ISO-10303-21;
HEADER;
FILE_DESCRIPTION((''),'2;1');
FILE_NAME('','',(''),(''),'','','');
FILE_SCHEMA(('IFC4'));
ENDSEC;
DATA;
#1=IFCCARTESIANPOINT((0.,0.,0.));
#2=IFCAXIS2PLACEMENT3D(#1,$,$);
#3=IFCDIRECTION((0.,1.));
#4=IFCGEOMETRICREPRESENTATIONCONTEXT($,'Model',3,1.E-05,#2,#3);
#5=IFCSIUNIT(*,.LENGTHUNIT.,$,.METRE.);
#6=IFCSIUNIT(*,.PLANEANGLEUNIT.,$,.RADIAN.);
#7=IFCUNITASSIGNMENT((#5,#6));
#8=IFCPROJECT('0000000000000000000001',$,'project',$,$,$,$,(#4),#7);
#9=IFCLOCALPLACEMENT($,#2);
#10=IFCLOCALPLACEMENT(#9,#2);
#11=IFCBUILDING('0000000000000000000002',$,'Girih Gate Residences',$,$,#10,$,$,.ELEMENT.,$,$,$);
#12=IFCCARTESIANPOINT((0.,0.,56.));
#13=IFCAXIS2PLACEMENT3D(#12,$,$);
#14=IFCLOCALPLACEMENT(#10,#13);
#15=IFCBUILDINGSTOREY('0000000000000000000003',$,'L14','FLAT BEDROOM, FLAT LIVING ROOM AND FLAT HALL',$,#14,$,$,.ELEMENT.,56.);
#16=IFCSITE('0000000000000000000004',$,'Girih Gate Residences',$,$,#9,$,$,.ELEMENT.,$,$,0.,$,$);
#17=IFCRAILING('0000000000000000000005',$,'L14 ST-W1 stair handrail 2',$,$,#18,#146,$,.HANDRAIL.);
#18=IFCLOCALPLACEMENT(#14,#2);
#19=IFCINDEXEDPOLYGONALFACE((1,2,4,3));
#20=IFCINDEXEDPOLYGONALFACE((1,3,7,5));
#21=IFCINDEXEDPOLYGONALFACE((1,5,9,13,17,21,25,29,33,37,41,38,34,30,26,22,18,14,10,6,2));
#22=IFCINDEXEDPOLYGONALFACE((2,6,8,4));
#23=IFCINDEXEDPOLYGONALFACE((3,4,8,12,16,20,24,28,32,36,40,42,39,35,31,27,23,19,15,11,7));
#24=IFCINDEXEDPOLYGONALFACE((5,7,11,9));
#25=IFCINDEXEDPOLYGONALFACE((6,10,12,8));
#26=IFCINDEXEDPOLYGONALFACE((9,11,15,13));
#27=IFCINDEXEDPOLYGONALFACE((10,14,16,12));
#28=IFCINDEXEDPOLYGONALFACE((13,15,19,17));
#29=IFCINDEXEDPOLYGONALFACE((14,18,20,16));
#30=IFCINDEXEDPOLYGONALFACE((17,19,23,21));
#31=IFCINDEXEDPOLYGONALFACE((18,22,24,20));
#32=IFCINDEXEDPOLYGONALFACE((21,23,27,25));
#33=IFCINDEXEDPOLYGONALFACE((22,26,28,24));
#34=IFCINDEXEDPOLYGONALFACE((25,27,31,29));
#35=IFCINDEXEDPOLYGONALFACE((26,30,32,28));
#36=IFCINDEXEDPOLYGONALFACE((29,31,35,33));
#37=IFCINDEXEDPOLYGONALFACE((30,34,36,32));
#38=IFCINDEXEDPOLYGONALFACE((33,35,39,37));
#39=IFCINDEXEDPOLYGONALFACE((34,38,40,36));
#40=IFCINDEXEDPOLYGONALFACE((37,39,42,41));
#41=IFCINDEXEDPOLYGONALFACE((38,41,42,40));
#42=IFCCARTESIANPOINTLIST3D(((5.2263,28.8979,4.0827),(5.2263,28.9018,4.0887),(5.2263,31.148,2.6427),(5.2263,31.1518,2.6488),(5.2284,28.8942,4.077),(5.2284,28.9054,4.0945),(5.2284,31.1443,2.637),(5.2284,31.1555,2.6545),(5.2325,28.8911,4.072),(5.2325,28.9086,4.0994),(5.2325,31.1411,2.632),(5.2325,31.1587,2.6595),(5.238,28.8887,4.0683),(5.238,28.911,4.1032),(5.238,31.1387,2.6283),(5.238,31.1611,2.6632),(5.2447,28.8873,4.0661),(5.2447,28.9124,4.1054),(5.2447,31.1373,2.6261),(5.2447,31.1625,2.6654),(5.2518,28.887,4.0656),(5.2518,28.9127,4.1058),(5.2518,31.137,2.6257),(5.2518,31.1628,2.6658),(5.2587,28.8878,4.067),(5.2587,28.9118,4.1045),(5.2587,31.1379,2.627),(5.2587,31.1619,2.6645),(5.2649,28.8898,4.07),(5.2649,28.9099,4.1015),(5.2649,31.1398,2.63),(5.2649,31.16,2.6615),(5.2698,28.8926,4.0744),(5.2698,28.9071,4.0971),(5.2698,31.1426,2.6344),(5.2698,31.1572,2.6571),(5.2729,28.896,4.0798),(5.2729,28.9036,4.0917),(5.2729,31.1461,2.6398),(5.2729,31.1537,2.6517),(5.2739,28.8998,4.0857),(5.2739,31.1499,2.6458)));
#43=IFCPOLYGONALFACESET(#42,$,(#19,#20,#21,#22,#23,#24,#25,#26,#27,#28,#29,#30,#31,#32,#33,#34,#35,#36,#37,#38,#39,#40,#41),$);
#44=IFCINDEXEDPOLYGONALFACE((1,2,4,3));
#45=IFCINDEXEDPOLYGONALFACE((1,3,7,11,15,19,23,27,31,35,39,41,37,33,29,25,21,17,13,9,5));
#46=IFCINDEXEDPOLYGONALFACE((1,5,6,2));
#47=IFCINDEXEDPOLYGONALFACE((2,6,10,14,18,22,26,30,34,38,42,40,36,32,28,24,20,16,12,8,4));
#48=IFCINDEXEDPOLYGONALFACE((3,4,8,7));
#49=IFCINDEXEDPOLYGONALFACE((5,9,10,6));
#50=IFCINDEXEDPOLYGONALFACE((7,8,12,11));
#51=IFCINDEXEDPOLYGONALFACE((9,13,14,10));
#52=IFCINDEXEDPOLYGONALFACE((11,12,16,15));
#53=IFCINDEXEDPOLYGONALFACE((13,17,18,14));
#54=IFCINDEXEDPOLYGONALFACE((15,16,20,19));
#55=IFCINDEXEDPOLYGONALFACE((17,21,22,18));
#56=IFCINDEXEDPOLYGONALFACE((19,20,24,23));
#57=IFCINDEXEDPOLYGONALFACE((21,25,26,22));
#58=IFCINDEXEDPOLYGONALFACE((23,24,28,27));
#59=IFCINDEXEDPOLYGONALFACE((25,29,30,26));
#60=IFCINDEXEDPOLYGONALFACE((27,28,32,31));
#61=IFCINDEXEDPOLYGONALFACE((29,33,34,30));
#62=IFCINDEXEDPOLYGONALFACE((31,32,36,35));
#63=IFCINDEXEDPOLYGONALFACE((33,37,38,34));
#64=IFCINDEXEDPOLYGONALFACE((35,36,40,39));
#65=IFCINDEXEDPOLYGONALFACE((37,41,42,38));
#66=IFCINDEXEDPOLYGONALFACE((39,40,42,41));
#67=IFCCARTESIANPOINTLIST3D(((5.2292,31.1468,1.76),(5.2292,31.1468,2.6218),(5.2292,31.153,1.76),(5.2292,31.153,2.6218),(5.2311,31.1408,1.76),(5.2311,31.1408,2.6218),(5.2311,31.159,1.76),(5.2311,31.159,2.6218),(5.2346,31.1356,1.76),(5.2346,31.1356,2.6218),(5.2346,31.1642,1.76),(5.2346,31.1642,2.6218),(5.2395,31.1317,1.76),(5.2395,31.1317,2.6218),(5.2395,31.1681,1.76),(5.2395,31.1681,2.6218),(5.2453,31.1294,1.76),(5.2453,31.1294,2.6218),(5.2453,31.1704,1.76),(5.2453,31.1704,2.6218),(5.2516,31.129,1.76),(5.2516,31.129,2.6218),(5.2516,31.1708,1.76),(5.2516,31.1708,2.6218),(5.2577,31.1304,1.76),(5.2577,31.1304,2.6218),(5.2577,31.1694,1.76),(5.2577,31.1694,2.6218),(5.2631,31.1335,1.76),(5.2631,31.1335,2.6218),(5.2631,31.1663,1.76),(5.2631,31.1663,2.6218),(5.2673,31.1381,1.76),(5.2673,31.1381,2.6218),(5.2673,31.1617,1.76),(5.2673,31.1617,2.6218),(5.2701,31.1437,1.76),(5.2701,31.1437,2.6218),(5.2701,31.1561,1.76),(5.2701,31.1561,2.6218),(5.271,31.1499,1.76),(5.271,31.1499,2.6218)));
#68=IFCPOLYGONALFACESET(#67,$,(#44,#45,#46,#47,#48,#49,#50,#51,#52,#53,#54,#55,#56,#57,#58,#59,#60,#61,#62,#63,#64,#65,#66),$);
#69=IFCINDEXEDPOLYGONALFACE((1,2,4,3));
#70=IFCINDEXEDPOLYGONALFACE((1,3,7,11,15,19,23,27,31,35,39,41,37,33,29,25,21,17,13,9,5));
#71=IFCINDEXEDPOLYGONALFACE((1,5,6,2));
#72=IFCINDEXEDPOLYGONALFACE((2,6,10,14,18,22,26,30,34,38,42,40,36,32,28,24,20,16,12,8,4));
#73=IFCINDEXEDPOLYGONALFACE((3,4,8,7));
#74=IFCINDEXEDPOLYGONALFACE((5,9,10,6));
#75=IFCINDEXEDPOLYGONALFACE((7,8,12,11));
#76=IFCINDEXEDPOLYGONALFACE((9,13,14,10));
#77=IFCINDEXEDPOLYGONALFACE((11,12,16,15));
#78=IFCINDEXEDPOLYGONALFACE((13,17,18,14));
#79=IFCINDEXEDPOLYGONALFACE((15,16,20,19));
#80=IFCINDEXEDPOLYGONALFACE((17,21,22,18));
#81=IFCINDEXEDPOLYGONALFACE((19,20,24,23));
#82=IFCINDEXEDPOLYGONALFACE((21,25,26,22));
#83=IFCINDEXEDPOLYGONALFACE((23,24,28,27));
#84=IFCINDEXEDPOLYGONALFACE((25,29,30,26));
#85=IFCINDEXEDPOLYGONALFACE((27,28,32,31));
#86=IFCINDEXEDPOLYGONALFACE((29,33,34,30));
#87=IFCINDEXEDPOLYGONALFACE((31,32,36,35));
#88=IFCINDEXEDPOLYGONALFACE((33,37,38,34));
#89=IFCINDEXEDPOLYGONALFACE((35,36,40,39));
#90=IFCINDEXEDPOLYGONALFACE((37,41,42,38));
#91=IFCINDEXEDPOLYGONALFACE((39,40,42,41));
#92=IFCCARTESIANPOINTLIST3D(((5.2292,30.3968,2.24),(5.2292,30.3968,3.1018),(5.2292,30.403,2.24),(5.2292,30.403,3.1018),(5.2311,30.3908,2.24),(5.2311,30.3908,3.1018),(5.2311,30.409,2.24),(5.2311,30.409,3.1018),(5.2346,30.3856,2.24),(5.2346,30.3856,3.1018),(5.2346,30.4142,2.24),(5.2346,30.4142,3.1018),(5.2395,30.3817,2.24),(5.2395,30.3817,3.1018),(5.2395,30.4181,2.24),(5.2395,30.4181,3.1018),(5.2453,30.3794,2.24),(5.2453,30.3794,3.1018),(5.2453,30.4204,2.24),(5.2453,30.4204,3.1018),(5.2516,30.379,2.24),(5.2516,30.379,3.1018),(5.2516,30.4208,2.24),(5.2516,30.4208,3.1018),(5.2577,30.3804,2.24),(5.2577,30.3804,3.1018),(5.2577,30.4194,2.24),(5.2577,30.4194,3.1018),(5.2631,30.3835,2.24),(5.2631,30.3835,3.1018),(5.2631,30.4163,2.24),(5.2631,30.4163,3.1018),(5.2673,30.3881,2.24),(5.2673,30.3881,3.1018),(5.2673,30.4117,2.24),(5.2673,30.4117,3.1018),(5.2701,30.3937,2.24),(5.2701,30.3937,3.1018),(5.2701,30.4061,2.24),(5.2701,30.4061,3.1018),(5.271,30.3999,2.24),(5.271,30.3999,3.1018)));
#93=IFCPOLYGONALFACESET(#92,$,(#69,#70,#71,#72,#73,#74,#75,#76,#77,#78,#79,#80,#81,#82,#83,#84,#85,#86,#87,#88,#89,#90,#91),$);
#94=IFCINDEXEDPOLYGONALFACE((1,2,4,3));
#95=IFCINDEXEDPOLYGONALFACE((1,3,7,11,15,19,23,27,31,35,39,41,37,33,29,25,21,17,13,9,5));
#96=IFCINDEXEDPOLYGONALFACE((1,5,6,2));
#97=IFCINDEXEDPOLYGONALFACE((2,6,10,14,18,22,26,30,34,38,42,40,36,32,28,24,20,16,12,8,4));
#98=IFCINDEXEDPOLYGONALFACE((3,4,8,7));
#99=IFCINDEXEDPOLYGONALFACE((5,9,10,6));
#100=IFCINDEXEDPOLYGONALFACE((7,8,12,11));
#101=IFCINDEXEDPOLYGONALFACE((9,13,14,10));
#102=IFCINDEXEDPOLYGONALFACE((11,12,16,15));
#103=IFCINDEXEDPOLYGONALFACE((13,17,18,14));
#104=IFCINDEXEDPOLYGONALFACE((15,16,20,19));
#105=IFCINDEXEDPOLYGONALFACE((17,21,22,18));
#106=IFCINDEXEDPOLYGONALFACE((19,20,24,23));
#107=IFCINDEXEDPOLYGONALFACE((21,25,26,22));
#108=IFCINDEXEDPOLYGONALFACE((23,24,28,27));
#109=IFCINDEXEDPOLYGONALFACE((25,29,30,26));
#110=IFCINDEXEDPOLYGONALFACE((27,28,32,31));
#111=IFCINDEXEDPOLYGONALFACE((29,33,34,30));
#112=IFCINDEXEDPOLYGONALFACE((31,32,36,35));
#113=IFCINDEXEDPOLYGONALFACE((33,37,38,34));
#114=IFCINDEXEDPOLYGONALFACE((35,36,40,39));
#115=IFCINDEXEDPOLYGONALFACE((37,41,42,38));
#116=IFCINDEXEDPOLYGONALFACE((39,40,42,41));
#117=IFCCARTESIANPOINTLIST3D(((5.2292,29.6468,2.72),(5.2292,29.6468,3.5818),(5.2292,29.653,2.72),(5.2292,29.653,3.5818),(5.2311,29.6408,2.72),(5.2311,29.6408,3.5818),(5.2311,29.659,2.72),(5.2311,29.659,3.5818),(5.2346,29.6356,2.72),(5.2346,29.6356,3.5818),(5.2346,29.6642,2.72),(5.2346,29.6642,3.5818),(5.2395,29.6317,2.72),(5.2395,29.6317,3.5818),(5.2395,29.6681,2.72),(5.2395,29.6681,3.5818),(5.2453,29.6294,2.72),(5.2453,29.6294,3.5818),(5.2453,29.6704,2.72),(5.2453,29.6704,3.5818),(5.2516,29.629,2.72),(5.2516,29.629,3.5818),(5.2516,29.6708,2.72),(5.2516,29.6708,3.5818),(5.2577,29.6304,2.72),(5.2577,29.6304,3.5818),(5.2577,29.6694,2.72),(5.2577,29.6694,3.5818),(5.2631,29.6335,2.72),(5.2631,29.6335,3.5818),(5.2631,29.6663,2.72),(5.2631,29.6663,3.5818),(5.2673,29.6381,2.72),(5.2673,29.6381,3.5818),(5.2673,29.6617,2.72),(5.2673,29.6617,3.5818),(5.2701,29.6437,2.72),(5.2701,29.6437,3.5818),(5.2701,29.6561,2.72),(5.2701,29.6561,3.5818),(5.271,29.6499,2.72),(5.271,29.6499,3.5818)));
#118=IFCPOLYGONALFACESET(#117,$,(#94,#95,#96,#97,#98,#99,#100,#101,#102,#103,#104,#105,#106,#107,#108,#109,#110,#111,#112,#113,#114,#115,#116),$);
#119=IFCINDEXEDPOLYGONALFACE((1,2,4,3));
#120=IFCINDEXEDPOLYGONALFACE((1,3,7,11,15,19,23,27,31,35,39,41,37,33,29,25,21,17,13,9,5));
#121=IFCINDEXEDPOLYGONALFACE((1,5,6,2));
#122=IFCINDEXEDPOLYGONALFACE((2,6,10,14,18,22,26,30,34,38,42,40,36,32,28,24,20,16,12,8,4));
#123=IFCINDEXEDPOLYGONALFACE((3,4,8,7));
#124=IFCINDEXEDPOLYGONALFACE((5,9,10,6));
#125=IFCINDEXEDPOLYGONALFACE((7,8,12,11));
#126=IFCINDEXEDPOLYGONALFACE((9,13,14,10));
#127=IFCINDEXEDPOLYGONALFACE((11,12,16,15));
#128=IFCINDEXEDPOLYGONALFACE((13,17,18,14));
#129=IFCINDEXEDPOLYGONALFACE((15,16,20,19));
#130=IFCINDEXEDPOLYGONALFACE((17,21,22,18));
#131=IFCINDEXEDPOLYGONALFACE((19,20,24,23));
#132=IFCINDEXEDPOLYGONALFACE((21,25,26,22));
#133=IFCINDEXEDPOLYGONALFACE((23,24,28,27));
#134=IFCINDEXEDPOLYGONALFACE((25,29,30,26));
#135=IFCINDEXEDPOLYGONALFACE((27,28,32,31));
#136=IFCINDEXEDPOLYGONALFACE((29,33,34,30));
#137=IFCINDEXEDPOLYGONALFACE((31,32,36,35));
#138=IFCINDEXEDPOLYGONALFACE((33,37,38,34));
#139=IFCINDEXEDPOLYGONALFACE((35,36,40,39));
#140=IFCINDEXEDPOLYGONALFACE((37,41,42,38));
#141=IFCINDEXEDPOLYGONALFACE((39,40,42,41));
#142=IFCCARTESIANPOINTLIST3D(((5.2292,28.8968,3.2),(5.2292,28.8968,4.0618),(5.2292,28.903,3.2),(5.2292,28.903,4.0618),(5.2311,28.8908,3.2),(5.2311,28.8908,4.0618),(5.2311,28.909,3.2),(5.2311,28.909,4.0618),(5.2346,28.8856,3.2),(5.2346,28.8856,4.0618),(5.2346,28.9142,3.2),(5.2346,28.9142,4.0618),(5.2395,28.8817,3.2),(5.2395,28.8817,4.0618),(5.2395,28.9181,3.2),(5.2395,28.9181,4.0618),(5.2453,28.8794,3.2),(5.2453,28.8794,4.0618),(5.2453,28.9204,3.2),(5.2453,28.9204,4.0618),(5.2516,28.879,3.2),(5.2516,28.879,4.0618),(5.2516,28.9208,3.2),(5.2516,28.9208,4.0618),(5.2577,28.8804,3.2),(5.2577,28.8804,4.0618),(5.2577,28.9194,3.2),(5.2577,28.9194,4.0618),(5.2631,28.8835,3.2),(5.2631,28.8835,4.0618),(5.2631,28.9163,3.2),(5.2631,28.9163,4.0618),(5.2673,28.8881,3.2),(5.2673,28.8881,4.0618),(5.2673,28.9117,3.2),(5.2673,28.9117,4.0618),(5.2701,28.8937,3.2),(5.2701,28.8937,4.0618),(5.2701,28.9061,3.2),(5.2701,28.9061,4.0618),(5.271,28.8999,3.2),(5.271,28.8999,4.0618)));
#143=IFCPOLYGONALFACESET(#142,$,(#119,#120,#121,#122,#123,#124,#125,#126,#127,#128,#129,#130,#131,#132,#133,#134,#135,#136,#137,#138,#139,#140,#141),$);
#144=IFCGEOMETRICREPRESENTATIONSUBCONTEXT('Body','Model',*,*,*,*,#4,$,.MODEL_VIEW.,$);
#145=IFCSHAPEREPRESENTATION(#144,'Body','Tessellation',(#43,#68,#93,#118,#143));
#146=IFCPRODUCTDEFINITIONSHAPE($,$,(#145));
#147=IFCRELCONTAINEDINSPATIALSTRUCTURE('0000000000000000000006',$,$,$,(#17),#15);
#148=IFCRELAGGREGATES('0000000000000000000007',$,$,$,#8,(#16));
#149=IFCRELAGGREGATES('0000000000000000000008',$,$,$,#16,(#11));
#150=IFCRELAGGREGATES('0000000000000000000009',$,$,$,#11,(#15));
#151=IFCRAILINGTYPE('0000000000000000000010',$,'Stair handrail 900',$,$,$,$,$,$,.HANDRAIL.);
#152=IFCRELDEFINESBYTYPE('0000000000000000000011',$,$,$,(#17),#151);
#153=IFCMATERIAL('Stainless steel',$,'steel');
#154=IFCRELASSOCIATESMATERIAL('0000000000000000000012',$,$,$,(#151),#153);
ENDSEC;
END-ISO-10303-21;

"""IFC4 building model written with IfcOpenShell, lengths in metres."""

from ifc_helpers import new_model, si_unit, direction, frame, origin, origin_2d, place, context, subcontext, project, spatial, circle, extrude, material, type_object, element, save


model = new_model("IFC4")

# Units and contexts
model_context = context("Model", 3, precision=1e-05, world=origin(), true_north=direction((0.0, 1.0)))
body_context = subcontext(model_context, "Body", "Model", "MODEL_VIEW")
ifc_project = project(units=[si_unit("LENGTHUNIT", "METRE"), si_unit("PLANEANGLEUNIT", "RADIAN")], contexts=[model_context])

# Site, building, storey
site_placement = place(None, origin())
site = spatial("IfcSite", under=ifc_project, at=site_placement, Name="Girih Gate Residences", CompositionType="ELEMENT", RefElevation=0.0)
building_placement = place(site_placement, origin())
building = spatial("IfcBuilding", under=site, at=building_placement, Name="Girih Gate Residences", CompositionType="ELEMENT")
storey_placement = place(building_placement, frame((0.0, 0.0, 56.0)))
storey = spatial("IfcBuildingStorey", under=building, at=storey_placement, Name="L14", Description="FLAT BEDROOM, FLAT LIVING ROOM AND FLAT HALL", CompositionType="ELEMENT", Elevation=56.0)

# Railing
ifc_material_1 = material(Name="Stainless steel", Category="steel")
railing_type_1 = type_object("IfcRailingType", Name="Stair handrail 900", PredefinedType="HANDRAIL", material=ifc_material_1)
railing_1_placement = place(storey_placement, frame((5.25, 31.1499, 1.76)))
element("IfcRailing", 1, at=railing_1_placement, inside=storey, type_object=railing_type_1, Name="L14 ST-W1 stair handrail 2", PredefinedType="HANDRAIL", context=body_context, shape_type="SweptSolid", body=[
    extrude(circle(Radius=0.0239, at=origin_2d()), frame((0.0, 0.0, 0.8857), z_axis=(0.0, -0.842281, 0.539038), x_axis=(1.0, 0.0, 0.0)), (0.0, 0.0, 1.0), 2.6714),
    extrude(circle(Radius=0.021, at=origin_2d()), origin(), (0.0, 0.0, 1.0), 0.8618),
    extrude(circle(Radius=0.021, at=origin_2d()), frame((0.0, -0.75, 0.48)), (0.0, 0.0, 1.0), 0.8618),
    extrude(circle(Radius=0.021, at=origin_2d()), frame((0.0, -1.5, 0.96)), (0.0, 0.0, 1.0), 0.8618),
    extrude(circle(Radius=0.021, at=origin_2d()), frame((0.0, -2.25, 1.4399)), (0.0, 0.0, 1.0), 0.8618),
])

save(model, "model.ifc")
